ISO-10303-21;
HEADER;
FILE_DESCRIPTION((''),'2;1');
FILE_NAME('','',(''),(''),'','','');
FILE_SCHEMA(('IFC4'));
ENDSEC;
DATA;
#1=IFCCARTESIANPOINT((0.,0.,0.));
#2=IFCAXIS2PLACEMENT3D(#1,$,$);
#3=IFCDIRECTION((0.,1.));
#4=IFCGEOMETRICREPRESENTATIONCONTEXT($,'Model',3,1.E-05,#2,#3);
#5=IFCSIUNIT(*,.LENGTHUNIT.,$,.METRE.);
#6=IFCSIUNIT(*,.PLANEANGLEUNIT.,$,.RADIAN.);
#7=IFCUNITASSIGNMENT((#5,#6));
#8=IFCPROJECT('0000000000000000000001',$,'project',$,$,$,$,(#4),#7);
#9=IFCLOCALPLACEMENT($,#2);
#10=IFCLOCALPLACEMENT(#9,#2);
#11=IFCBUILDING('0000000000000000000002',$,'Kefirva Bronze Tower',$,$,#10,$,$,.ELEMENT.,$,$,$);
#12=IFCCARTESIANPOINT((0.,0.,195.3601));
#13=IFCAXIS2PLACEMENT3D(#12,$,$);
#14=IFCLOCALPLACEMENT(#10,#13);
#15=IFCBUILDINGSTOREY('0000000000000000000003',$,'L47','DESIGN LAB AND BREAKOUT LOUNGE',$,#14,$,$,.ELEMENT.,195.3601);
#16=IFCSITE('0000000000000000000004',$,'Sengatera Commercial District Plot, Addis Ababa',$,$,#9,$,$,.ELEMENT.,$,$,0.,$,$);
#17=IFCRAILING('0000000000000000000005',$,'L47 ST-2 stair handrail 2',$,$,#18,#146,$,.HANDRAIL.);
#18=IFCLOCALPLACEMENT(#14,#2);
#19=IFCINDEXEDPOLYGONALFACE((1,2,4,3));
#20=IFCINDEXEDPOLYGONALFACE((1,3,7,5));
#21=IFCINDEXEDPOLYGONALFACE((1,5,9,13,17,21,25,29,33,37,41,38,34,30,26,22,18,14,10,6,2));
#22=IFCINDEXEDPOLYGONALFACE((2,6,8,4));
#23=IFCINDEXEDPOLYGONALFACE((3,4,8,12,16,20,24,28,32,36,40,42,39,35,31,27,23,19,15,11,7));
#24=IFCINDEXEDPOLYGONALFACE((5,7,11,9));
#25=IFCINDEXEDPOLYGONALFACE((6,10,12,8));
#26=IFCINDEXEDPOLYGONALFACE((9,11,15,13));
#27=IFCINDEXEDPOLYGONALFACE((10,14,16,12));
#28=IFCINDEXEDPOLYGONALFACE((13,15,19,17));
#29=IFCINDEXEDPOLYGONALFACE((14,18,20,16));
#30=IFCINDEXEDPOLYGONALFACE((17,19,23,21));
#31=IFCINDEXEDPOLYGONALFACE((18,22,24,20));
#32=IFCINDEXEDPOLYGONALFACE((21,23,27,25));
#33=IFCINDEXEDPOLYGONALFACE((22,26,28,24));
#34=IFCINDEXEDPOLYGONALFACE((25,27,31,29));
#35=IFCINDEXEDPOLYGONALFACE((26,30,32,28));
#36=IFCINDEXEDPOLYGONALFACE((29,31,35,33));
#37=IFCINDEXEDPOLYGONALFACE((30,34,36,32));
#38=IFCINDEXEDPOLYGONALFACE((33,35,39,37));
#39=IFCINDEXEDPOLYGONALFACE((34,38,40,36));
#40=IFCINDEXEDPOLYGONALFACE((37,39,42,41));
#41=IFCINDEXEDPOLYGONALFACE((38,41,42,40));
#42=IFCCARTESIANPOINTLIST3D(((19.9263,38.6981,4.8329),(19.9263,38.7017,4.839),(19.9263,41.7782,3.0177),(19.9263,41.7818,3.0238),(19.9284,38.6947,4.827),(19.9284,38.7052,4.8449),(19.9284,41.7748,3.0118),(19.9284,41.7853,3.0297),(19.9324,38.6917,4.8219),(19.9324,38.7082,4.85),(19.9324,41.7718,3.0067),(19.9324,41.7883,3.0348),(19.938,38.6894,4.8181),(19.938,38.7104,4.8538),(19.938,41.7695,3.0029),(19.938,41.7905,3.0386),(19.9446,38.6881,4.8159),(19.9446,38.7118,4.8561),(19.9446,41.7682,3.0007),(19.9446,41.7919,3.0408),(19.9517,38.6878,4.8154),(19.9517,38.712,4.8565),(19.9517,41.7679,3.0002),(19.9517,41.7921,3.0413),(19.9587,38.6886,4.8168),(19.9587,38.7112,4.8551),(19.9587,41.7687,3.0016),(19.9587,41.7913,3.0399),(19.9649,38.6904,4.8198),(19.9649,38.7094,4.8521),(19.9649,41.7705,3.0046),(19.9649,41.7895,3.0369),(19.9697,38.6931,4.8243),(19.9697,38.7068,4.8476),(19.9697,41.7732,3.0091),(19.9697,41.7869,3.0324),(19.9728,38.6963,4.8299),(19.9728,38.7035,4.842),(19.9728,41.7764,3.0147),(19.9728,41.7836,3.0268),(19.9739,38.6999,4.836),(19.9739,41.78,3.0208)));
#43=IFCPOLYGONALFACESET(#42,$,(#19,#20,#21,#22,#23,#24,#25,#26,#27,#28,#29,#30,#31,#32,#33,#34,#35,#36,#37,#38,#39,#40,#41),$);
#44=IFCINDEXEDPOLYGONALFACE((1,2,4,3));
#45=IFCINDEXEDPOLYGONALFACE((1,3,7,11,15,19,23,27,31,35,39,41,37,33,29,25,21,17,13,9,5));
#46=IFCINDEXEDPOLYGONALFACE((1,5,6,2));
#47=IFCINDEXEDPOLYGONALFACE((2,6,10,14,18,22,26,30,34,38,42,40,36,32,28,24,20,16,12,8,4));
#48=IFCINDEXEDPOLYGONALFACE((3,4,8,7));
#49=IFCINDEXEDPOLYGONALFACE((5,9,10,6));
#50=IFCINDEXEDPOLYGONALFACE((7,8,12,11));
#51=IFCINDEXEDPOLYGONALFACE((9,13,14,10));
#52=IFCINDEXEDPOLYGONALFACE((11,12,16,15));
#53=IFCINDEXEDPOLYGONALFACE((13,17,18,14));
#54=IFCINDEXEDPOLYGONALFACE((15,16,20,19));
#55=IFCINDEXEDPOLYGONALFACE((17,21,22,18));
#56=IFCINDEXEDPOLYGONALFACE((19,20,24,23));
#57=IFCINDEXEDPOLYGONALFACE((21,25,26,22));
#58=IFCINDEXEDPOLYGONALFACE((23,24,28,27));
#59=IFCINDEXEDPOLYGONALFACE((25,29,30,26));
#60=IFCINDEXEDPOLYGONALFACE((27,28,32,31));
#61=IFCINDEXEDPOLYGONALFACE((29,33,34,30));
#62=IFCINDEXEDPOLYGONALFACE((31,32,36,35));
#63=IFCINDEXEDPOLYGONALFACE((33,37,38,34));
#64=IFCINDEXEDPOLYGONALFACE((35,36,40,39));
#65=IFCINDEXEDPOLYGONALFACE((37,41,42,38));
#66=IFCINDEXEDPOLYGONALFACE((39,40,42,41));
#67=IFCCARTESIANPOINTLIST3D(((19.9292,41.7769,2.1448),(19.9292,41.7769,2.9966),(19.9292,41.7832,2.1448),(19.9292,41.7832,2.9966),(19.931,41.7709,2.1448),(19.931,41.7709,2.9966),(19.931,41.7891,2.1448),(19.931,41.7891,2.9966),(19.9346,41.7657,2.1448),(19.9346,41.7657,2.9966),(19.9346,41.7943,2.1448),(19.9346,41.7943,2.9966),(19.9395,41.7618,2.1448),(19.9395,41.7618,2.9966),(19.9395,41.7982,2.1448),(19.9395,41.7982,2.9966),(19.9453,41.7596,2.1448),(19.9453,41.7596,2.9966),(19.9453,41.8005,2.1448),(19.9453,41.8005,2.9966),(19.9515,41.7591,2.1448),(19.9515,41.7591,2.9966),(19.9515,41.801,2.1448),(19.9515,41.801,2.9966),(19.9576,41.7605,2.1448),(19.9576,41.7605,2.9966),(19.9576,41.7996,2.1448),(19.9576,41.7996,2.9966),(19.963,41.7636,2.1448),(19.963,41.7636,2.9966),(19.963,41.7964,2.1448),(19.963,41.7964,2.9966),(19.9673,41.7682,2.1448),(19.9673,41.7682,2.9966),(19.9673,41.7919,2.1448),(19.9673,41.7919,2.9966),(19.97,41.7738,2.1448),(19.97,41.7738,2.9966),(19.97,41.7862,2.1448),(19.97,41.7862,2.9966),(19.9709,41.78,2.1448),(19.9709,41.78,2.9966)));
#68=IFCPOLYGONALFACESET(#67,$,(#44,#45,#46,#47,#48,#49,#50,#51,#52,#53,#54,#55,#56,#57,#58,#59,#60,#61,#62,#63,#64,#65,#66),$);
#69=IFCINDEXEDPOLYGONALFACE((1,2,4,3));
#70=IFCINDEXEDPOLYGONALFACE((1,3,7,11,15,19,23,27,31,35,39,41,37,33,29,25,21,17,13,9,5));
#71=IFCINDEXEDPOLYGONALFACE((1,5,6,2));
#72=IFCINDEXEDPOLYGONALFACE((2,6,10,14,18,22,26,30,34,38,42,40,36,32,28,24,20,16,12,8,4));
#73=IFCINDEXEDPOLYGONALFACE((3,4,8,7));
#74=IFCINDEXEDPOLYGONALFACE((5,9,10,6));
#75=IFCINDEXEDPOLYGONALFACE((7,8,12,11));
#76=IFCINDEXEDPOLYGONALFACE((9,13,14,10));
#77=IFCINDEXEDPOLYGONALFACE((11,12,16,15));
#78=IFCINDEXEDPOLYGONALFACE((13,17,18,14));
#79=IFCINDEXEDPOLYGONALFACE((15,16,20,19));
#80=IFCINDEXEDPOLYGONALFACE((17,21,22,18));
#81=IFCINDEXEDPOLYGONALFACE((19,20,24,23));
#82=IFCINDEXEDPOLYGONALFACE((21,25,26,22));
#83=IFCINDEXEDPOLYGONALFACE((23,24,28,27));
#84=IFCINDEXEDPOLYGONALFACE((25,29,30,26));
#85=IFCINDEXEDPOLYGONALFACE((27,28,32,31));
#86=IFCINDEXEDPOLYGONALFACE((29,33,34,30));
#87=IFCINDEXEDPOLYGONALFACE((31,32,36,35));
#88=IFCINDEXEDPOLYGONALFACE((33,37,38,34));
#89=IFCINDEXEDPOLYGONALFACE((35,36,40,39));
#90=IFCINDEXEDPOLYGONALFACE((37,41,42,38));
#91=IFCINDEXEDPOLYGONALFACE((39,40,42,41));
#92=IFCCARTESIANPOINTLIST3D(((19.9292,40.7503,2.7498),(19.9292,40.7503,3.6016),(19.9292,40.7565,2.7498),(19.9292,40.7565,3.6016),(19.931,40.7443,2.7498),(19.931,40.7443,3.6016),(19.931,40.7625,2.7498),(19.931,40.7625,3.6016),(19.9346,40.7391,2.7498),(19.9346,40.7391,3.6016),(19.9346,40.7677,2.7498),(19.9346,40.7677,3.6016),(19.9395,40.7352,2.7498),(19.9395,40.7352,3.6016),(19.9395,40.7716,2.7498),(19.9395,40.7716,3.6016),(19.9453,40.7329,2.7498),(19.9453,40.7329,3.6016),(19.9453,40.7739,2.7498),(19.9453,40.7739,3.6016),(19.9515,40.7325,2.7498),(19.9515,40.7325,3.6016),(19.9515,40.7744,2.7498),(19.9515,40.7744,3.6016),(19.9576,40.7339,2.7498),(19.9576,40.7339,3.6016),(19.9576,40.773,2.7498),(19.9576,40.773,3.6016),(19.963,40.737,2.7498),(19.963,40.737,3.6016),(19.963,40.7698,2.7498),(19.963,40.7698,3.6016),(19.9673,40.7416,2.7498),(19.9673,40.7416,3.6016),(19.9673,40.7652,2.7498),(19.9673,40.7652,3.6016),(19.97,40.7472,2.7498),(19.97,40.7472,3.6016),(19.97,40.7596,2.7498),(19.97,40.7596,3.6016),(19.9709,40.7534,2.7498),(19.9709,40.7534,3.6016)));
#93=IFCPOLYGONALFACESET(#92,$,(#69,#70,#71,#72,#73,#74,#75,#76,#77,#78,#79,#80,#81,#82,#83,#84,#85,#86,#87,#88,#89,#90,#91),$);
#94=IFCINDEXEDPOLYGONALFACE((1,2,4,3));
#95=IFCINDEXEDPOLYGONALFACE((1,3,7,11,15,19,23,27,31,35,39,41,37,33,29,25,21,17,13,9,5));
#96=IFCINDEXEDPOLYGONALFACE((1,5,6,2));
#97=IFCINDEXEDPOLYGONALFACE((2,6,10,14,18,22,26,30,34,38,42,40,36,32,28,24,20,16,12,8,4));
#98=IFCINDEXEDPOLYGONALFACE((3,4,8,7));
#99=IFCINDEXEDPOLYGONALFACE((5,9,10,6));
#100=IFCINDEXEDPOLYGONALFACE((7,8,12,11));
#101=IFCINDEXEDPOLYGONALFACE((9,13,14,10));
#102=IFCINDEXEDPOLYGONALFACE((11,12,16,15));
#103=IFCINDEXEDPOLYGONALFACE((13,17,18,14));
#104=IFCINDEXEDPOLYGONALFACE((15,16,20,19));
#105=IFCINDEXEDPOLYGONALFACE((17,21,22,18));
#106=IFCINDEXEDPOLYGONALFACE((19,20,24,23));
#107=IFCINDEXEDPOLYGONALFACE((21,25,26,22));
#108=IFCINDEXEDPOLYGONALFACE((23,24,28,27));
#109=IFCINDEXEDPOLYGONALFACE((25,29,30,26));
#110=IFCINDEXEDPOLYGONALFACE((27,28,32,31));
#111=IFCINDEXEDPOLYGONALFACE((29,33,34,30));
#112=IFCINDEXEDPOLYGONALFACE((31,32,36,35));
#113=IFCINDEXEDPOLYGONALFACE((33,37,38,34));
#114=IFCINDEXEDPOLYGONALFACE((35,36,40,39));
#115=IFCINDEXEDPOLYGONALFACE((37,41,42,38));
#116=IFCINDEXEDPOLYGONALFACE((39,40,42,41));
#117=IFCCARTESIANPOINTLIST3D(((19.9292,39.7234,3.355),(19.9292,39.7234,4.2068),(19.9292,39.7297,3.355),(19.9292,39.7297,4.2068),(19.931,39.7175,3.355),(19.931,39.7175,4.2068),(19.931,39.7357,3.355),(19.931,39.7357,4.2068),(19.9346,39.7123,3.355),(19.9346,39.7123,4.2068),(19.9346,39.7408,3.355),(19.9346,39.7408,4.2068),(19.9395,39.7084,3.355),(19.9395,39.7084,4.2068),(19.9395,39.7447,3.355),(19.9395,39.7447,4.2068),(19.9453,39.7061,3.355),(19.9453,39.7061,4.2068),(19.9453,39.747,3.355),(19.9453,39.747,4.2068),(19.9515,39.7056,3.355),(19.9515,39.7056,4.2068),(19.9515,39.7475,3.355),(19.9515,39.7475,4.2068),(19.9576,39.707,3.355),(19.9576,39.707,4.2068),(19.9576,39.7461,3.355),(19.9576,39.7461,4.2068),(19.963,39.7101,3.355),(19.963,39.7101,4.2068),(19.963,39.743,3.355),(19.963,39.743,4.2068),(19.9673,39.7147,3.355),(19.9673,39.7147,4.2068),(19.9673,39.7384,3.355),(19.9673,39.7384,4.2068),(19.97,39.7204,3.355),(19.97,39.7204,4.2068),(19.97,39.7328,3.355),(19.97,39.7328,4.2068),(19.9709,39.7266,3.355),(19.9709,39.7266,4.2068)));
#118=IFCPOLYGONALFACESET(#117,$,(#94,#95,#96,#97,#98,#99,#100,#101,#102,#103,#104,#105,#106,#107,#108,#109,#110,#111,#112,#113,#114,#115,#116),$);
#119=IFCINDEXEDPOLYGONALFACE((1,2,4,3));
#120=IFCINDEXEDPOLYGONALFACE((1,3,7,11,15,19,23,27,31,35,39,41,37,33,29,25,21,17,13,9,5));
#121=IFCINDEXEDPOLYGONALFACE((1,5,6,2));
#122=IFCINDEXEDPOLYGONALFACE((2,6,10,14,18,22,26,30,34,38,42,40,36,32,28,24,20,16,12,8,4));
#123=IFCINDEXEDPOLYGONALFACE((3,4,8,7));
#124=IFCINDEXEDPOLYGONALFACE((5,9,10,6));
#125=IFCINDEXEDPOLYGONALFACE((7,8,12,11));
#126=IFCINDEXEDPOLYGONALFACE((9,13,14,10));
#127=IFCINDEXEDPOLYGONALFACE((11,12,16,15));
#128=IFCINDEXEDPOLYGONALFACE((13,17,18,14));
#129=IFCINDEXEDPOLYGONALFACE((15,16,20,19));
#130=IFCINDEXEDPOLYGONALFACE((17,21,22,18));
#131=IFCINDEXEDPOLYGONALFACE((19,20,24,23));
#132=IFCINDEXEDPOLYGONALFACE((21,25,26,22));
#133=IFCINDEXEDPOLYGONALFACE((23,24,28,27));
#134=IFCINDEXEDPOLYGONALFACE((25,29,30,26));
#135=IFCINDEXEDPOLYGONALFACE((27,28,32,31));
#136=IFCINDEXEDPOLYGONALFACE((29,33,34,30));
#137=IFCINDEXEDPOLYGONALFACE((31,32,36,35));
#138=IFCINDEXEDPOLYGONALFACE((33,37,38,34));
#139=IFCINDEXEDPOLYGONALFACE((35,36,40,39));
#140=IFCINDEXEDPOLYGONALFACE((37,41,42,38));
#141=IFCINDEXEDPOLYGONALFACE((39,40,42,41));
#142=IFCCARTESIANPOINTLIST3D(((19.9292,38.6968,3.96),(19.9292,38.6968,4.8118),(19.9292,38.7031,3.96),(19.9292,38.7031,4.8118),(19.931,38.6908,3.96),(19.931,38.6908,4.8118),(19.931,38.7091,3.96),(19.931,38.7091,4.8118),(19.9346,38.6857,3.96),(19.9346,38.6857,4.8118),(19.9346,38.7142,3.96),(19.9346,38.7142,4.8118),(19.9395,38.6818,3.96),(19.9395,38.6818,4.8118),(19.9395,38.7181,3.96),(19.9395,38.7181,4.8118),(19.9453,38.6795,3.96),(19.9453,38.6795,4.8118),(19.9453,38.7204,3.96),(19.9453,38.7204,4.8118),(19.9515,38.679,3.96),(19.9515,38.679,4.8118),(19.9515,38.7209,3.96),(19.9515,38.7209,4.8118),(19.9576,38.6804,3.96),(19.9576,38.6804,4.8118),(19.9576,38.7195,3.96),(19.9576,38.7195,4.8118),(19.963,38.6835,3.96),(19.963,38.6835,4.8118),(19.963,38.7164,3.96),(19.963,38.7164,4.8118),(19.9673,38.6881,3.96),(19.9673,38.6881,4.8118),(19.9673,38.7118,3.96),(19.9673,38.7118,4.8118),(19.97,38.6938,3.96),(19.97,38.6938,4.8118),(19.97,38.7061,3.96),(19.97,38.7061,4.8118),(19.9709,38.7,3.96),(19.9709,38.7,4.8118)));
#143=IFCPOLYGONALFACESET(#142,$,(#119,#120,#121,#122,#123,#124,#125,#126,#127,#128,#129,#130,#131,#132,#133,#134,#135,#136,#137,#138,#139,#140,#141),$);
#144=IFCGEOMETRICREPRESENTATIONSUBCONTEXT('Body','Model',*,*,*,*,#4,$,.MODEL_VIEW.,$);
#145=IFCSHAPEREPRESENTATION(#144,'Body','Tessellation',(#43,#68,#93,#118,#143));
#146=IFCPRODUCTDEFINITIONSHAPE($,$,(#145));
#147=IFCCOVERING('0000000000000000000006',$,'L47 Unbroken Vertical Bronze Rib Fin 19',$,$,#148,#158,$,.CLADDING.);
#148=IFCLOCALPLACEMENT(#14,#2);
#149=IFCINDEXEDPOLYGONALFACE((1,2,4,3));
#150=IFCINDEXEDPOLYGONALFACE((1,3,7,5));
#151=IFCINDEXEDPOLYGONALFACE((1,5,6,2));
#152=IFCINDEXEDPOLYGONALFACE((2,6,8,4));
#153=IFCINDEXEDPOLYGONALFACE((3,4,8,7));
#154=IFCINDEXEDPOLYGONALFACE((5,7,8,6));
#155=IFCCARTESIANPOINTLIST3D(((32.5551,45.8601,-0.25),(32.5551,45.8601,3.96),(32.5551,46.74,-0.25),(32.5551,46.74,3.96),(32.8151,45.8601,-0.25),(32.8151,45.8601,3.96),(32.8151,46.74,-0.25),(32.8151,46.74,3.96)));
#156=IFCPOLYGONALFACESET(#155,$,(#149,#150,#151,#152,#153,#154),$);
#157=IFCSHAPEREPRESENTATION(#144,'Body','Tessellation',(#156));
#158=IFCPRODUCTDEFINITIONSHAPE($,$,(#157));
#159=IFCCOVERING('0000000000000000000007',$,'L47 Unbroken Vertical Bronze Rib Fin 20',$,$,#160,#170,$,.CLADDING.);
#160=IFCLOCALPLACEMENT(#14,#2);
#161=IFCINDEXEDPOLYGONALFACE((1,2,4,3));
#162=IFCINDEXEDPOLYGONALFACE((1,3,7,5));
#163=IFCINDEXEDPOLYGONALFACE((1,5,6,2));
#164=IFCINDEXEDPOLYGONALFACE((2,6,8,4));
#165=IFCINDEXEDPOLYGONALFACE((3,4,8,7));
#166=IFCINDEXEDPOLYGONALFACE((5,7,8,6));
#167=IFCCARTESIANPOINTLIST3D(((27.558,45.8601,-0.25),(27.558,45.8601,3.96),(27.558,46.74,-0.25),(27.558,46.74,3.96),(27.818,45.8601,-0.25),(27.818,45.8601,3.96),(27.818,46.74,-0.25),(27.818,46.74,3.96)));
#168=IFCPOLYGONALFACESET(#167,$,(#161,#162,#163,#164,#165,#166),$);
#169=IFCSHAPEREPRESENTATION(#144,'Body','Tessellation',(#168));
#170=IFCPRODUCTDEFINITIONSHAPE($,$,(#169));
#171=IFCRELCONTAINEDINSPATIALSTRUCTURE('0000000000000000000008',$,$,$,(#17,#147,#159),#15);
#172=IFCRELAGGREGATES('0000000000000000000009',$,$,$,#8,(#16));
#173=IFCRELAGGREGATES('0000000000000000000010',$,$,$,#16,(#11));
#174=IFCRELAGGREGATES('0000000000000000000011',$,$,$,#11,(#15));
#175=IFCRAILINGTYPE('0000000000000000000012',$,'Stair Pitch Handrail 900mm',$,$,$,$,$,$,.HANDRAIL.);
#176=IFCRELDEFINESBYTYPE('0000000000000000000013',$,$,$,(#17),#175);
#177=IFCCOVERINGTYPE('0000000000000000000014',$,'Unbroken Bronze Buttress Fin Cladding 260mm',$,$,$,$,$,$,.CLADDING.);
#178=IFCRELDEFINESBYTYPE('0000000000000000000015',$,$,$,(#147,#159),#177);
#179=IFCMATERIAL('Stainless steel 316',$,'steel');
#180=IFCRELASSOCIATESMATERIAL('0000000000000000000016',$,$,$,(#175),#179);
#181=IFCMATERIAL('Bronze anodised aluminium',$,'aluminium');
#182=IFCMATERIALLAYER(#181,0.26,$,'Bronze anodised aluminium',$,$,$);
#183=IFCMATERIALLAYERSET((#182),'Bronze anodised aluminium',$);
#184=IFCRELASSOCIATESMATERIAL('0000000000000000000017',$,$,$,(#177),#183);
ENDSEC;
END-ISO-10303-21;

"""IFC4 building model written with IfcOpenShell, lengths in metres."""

from ifc_helpers import new_model, si_unit, direction, frame, origin, origin_2d, place, context, subcontext, project, spatial, rectangle, circle, extrude, material, layer, layer_set, type_object, element, save


model = new_model("IFC4")

# Units and contexts
model_context = context("Model", 3, precision=1e-05, world=origin(), true_north=direction((0.0, 1.0)))
body_context = subcontext(model_context, "Body", "Model", "MODEL_VIEW")
ifc_project = project(units=[si_unit("LENGTHUNIT", "METRE"), si_unit("PLANEANGLEUNIT", "RADIAN")], contexts=[model_context])

# Site, building, storey
site_placement = place(None, origin())
site = spatial("IfcSite", under=ifc_project, at=site_placement, Name="Sengatera Commercial District Plot, Addis Ababa", CompositionType="ELEMENT", RefElevation=0.0)
building_placement = place(site_placement, origin())
building = spatial("IfcBuilding", under=site, at=building_placement, Name="Kefirva Bronze Tower", CompositionType="ELEMENT")
storey_placement = place(building_placement, frame((0.0, 0.0, 195.3601)))
storey = spatial("IfcBuildingStorey", under=building, at=storey_placement, Name="L47", Description="DESIGN LAB AND BREAKOUT LOUNGE", CompositionType="ELEMENT", Elevation=195.3601)

# Shared definitions
ifc_material_1 = material(Name="Bronze anodised aluminium", Category="aluminium")

# Railing
ifc_material_2 = material(Name="Stainless steel 316", Category="steel")
railing_type_1 = type_object("IfcRailingType", Name="Stair Pitch Handrail 900mm", PredefinedType="HANDRAIL", material=ifc_material_2)
railing_1_placement = place(storey_placement, frame((19.95, 41.78, 2.1448)))
element("IfcRailing", 1, at=railing_1_placement, inside=storey, type_object=railing_type_1, Name="L47 ST-2 stair handrail 2", PredefinedType="HANDRAIL", context=body_context, shape_type="SweptSolid", body=[
    extrude(circle(Radius=0.0239, at=origin_2d()), frame((0.0, 0.0, 0.876), z_axis=(0.0, -0.861521, 0.507721), x_axis=(1.0, 0.0, 0.0)), (0.0, 0.0, 1.0), 3.5752),
    extrude(circle(Radius=0.021, at=origin_2d()), origin(), (0.0, 0.0, 1.0), 0.8518),
    extrude(circle(Radius=0.021, at=origin_2d()), frame((0.0, -1.0266, 0.605)), (0.0, 0.0, 1.0), 0.8518),
    extrude(circle(Radius=0.021, at=origin_2d()), frame((0.0, -2.0535, 1.2102)), (0.0, 0.0, 1.0), 0.8518),
    extrude(circle(Radius=0.021, at=origin_2d()), frame((0.0, -3.0801, 1.8152)), (0.0, 0.0, 1.0), 0.8518),
])

# Coverings
ifc_layer_1 = layer(ifc_material_1, 0.26, Name="Bronze anodised aluminium")
ifc_layer_set_1 = layer_set([ifc_layer_1], Name="Bronze anodised aluminium")
covering_type = type_object("IfcCoveringType", Name="Unbroken Bronze Buttress Fin Cladding 260mm", PredefinedType="CLADDING", material=ifc_layer_set_1)
for number, where, z_axis, x_axis, name in (
    (2, (32.6851, 46.3, -0.25), (0.0, 0.0, 1.0), (-1.0, 0.0, 0.0), "L47 Unbroken Vertical Bronze Rib Fin 19"),
    (3, (27.688, 46.3, -0.25), (0.0, 0.0, 1.0), (-1.0, 0.0, 0.0), "L47 Unbroken Vertical Bronze Rib Fin 20"),
):
    element("IfcCovering", number, at=place(storey_placement, frame(where, z_axis=z_axis, x_axis=x_axis)), inside=storey, type_object=covering_type, Name=name, PredefinedType="CLADDING", context=body_context, shape_type="SweptSolid", body=[
        extrude(rectangle(XDim=0.26, YDim=0.8799, at=origin_2d()), origin(), (0.0, 0.0, 1.0), 4.21),
    ])

save(model, "model.ifc")
